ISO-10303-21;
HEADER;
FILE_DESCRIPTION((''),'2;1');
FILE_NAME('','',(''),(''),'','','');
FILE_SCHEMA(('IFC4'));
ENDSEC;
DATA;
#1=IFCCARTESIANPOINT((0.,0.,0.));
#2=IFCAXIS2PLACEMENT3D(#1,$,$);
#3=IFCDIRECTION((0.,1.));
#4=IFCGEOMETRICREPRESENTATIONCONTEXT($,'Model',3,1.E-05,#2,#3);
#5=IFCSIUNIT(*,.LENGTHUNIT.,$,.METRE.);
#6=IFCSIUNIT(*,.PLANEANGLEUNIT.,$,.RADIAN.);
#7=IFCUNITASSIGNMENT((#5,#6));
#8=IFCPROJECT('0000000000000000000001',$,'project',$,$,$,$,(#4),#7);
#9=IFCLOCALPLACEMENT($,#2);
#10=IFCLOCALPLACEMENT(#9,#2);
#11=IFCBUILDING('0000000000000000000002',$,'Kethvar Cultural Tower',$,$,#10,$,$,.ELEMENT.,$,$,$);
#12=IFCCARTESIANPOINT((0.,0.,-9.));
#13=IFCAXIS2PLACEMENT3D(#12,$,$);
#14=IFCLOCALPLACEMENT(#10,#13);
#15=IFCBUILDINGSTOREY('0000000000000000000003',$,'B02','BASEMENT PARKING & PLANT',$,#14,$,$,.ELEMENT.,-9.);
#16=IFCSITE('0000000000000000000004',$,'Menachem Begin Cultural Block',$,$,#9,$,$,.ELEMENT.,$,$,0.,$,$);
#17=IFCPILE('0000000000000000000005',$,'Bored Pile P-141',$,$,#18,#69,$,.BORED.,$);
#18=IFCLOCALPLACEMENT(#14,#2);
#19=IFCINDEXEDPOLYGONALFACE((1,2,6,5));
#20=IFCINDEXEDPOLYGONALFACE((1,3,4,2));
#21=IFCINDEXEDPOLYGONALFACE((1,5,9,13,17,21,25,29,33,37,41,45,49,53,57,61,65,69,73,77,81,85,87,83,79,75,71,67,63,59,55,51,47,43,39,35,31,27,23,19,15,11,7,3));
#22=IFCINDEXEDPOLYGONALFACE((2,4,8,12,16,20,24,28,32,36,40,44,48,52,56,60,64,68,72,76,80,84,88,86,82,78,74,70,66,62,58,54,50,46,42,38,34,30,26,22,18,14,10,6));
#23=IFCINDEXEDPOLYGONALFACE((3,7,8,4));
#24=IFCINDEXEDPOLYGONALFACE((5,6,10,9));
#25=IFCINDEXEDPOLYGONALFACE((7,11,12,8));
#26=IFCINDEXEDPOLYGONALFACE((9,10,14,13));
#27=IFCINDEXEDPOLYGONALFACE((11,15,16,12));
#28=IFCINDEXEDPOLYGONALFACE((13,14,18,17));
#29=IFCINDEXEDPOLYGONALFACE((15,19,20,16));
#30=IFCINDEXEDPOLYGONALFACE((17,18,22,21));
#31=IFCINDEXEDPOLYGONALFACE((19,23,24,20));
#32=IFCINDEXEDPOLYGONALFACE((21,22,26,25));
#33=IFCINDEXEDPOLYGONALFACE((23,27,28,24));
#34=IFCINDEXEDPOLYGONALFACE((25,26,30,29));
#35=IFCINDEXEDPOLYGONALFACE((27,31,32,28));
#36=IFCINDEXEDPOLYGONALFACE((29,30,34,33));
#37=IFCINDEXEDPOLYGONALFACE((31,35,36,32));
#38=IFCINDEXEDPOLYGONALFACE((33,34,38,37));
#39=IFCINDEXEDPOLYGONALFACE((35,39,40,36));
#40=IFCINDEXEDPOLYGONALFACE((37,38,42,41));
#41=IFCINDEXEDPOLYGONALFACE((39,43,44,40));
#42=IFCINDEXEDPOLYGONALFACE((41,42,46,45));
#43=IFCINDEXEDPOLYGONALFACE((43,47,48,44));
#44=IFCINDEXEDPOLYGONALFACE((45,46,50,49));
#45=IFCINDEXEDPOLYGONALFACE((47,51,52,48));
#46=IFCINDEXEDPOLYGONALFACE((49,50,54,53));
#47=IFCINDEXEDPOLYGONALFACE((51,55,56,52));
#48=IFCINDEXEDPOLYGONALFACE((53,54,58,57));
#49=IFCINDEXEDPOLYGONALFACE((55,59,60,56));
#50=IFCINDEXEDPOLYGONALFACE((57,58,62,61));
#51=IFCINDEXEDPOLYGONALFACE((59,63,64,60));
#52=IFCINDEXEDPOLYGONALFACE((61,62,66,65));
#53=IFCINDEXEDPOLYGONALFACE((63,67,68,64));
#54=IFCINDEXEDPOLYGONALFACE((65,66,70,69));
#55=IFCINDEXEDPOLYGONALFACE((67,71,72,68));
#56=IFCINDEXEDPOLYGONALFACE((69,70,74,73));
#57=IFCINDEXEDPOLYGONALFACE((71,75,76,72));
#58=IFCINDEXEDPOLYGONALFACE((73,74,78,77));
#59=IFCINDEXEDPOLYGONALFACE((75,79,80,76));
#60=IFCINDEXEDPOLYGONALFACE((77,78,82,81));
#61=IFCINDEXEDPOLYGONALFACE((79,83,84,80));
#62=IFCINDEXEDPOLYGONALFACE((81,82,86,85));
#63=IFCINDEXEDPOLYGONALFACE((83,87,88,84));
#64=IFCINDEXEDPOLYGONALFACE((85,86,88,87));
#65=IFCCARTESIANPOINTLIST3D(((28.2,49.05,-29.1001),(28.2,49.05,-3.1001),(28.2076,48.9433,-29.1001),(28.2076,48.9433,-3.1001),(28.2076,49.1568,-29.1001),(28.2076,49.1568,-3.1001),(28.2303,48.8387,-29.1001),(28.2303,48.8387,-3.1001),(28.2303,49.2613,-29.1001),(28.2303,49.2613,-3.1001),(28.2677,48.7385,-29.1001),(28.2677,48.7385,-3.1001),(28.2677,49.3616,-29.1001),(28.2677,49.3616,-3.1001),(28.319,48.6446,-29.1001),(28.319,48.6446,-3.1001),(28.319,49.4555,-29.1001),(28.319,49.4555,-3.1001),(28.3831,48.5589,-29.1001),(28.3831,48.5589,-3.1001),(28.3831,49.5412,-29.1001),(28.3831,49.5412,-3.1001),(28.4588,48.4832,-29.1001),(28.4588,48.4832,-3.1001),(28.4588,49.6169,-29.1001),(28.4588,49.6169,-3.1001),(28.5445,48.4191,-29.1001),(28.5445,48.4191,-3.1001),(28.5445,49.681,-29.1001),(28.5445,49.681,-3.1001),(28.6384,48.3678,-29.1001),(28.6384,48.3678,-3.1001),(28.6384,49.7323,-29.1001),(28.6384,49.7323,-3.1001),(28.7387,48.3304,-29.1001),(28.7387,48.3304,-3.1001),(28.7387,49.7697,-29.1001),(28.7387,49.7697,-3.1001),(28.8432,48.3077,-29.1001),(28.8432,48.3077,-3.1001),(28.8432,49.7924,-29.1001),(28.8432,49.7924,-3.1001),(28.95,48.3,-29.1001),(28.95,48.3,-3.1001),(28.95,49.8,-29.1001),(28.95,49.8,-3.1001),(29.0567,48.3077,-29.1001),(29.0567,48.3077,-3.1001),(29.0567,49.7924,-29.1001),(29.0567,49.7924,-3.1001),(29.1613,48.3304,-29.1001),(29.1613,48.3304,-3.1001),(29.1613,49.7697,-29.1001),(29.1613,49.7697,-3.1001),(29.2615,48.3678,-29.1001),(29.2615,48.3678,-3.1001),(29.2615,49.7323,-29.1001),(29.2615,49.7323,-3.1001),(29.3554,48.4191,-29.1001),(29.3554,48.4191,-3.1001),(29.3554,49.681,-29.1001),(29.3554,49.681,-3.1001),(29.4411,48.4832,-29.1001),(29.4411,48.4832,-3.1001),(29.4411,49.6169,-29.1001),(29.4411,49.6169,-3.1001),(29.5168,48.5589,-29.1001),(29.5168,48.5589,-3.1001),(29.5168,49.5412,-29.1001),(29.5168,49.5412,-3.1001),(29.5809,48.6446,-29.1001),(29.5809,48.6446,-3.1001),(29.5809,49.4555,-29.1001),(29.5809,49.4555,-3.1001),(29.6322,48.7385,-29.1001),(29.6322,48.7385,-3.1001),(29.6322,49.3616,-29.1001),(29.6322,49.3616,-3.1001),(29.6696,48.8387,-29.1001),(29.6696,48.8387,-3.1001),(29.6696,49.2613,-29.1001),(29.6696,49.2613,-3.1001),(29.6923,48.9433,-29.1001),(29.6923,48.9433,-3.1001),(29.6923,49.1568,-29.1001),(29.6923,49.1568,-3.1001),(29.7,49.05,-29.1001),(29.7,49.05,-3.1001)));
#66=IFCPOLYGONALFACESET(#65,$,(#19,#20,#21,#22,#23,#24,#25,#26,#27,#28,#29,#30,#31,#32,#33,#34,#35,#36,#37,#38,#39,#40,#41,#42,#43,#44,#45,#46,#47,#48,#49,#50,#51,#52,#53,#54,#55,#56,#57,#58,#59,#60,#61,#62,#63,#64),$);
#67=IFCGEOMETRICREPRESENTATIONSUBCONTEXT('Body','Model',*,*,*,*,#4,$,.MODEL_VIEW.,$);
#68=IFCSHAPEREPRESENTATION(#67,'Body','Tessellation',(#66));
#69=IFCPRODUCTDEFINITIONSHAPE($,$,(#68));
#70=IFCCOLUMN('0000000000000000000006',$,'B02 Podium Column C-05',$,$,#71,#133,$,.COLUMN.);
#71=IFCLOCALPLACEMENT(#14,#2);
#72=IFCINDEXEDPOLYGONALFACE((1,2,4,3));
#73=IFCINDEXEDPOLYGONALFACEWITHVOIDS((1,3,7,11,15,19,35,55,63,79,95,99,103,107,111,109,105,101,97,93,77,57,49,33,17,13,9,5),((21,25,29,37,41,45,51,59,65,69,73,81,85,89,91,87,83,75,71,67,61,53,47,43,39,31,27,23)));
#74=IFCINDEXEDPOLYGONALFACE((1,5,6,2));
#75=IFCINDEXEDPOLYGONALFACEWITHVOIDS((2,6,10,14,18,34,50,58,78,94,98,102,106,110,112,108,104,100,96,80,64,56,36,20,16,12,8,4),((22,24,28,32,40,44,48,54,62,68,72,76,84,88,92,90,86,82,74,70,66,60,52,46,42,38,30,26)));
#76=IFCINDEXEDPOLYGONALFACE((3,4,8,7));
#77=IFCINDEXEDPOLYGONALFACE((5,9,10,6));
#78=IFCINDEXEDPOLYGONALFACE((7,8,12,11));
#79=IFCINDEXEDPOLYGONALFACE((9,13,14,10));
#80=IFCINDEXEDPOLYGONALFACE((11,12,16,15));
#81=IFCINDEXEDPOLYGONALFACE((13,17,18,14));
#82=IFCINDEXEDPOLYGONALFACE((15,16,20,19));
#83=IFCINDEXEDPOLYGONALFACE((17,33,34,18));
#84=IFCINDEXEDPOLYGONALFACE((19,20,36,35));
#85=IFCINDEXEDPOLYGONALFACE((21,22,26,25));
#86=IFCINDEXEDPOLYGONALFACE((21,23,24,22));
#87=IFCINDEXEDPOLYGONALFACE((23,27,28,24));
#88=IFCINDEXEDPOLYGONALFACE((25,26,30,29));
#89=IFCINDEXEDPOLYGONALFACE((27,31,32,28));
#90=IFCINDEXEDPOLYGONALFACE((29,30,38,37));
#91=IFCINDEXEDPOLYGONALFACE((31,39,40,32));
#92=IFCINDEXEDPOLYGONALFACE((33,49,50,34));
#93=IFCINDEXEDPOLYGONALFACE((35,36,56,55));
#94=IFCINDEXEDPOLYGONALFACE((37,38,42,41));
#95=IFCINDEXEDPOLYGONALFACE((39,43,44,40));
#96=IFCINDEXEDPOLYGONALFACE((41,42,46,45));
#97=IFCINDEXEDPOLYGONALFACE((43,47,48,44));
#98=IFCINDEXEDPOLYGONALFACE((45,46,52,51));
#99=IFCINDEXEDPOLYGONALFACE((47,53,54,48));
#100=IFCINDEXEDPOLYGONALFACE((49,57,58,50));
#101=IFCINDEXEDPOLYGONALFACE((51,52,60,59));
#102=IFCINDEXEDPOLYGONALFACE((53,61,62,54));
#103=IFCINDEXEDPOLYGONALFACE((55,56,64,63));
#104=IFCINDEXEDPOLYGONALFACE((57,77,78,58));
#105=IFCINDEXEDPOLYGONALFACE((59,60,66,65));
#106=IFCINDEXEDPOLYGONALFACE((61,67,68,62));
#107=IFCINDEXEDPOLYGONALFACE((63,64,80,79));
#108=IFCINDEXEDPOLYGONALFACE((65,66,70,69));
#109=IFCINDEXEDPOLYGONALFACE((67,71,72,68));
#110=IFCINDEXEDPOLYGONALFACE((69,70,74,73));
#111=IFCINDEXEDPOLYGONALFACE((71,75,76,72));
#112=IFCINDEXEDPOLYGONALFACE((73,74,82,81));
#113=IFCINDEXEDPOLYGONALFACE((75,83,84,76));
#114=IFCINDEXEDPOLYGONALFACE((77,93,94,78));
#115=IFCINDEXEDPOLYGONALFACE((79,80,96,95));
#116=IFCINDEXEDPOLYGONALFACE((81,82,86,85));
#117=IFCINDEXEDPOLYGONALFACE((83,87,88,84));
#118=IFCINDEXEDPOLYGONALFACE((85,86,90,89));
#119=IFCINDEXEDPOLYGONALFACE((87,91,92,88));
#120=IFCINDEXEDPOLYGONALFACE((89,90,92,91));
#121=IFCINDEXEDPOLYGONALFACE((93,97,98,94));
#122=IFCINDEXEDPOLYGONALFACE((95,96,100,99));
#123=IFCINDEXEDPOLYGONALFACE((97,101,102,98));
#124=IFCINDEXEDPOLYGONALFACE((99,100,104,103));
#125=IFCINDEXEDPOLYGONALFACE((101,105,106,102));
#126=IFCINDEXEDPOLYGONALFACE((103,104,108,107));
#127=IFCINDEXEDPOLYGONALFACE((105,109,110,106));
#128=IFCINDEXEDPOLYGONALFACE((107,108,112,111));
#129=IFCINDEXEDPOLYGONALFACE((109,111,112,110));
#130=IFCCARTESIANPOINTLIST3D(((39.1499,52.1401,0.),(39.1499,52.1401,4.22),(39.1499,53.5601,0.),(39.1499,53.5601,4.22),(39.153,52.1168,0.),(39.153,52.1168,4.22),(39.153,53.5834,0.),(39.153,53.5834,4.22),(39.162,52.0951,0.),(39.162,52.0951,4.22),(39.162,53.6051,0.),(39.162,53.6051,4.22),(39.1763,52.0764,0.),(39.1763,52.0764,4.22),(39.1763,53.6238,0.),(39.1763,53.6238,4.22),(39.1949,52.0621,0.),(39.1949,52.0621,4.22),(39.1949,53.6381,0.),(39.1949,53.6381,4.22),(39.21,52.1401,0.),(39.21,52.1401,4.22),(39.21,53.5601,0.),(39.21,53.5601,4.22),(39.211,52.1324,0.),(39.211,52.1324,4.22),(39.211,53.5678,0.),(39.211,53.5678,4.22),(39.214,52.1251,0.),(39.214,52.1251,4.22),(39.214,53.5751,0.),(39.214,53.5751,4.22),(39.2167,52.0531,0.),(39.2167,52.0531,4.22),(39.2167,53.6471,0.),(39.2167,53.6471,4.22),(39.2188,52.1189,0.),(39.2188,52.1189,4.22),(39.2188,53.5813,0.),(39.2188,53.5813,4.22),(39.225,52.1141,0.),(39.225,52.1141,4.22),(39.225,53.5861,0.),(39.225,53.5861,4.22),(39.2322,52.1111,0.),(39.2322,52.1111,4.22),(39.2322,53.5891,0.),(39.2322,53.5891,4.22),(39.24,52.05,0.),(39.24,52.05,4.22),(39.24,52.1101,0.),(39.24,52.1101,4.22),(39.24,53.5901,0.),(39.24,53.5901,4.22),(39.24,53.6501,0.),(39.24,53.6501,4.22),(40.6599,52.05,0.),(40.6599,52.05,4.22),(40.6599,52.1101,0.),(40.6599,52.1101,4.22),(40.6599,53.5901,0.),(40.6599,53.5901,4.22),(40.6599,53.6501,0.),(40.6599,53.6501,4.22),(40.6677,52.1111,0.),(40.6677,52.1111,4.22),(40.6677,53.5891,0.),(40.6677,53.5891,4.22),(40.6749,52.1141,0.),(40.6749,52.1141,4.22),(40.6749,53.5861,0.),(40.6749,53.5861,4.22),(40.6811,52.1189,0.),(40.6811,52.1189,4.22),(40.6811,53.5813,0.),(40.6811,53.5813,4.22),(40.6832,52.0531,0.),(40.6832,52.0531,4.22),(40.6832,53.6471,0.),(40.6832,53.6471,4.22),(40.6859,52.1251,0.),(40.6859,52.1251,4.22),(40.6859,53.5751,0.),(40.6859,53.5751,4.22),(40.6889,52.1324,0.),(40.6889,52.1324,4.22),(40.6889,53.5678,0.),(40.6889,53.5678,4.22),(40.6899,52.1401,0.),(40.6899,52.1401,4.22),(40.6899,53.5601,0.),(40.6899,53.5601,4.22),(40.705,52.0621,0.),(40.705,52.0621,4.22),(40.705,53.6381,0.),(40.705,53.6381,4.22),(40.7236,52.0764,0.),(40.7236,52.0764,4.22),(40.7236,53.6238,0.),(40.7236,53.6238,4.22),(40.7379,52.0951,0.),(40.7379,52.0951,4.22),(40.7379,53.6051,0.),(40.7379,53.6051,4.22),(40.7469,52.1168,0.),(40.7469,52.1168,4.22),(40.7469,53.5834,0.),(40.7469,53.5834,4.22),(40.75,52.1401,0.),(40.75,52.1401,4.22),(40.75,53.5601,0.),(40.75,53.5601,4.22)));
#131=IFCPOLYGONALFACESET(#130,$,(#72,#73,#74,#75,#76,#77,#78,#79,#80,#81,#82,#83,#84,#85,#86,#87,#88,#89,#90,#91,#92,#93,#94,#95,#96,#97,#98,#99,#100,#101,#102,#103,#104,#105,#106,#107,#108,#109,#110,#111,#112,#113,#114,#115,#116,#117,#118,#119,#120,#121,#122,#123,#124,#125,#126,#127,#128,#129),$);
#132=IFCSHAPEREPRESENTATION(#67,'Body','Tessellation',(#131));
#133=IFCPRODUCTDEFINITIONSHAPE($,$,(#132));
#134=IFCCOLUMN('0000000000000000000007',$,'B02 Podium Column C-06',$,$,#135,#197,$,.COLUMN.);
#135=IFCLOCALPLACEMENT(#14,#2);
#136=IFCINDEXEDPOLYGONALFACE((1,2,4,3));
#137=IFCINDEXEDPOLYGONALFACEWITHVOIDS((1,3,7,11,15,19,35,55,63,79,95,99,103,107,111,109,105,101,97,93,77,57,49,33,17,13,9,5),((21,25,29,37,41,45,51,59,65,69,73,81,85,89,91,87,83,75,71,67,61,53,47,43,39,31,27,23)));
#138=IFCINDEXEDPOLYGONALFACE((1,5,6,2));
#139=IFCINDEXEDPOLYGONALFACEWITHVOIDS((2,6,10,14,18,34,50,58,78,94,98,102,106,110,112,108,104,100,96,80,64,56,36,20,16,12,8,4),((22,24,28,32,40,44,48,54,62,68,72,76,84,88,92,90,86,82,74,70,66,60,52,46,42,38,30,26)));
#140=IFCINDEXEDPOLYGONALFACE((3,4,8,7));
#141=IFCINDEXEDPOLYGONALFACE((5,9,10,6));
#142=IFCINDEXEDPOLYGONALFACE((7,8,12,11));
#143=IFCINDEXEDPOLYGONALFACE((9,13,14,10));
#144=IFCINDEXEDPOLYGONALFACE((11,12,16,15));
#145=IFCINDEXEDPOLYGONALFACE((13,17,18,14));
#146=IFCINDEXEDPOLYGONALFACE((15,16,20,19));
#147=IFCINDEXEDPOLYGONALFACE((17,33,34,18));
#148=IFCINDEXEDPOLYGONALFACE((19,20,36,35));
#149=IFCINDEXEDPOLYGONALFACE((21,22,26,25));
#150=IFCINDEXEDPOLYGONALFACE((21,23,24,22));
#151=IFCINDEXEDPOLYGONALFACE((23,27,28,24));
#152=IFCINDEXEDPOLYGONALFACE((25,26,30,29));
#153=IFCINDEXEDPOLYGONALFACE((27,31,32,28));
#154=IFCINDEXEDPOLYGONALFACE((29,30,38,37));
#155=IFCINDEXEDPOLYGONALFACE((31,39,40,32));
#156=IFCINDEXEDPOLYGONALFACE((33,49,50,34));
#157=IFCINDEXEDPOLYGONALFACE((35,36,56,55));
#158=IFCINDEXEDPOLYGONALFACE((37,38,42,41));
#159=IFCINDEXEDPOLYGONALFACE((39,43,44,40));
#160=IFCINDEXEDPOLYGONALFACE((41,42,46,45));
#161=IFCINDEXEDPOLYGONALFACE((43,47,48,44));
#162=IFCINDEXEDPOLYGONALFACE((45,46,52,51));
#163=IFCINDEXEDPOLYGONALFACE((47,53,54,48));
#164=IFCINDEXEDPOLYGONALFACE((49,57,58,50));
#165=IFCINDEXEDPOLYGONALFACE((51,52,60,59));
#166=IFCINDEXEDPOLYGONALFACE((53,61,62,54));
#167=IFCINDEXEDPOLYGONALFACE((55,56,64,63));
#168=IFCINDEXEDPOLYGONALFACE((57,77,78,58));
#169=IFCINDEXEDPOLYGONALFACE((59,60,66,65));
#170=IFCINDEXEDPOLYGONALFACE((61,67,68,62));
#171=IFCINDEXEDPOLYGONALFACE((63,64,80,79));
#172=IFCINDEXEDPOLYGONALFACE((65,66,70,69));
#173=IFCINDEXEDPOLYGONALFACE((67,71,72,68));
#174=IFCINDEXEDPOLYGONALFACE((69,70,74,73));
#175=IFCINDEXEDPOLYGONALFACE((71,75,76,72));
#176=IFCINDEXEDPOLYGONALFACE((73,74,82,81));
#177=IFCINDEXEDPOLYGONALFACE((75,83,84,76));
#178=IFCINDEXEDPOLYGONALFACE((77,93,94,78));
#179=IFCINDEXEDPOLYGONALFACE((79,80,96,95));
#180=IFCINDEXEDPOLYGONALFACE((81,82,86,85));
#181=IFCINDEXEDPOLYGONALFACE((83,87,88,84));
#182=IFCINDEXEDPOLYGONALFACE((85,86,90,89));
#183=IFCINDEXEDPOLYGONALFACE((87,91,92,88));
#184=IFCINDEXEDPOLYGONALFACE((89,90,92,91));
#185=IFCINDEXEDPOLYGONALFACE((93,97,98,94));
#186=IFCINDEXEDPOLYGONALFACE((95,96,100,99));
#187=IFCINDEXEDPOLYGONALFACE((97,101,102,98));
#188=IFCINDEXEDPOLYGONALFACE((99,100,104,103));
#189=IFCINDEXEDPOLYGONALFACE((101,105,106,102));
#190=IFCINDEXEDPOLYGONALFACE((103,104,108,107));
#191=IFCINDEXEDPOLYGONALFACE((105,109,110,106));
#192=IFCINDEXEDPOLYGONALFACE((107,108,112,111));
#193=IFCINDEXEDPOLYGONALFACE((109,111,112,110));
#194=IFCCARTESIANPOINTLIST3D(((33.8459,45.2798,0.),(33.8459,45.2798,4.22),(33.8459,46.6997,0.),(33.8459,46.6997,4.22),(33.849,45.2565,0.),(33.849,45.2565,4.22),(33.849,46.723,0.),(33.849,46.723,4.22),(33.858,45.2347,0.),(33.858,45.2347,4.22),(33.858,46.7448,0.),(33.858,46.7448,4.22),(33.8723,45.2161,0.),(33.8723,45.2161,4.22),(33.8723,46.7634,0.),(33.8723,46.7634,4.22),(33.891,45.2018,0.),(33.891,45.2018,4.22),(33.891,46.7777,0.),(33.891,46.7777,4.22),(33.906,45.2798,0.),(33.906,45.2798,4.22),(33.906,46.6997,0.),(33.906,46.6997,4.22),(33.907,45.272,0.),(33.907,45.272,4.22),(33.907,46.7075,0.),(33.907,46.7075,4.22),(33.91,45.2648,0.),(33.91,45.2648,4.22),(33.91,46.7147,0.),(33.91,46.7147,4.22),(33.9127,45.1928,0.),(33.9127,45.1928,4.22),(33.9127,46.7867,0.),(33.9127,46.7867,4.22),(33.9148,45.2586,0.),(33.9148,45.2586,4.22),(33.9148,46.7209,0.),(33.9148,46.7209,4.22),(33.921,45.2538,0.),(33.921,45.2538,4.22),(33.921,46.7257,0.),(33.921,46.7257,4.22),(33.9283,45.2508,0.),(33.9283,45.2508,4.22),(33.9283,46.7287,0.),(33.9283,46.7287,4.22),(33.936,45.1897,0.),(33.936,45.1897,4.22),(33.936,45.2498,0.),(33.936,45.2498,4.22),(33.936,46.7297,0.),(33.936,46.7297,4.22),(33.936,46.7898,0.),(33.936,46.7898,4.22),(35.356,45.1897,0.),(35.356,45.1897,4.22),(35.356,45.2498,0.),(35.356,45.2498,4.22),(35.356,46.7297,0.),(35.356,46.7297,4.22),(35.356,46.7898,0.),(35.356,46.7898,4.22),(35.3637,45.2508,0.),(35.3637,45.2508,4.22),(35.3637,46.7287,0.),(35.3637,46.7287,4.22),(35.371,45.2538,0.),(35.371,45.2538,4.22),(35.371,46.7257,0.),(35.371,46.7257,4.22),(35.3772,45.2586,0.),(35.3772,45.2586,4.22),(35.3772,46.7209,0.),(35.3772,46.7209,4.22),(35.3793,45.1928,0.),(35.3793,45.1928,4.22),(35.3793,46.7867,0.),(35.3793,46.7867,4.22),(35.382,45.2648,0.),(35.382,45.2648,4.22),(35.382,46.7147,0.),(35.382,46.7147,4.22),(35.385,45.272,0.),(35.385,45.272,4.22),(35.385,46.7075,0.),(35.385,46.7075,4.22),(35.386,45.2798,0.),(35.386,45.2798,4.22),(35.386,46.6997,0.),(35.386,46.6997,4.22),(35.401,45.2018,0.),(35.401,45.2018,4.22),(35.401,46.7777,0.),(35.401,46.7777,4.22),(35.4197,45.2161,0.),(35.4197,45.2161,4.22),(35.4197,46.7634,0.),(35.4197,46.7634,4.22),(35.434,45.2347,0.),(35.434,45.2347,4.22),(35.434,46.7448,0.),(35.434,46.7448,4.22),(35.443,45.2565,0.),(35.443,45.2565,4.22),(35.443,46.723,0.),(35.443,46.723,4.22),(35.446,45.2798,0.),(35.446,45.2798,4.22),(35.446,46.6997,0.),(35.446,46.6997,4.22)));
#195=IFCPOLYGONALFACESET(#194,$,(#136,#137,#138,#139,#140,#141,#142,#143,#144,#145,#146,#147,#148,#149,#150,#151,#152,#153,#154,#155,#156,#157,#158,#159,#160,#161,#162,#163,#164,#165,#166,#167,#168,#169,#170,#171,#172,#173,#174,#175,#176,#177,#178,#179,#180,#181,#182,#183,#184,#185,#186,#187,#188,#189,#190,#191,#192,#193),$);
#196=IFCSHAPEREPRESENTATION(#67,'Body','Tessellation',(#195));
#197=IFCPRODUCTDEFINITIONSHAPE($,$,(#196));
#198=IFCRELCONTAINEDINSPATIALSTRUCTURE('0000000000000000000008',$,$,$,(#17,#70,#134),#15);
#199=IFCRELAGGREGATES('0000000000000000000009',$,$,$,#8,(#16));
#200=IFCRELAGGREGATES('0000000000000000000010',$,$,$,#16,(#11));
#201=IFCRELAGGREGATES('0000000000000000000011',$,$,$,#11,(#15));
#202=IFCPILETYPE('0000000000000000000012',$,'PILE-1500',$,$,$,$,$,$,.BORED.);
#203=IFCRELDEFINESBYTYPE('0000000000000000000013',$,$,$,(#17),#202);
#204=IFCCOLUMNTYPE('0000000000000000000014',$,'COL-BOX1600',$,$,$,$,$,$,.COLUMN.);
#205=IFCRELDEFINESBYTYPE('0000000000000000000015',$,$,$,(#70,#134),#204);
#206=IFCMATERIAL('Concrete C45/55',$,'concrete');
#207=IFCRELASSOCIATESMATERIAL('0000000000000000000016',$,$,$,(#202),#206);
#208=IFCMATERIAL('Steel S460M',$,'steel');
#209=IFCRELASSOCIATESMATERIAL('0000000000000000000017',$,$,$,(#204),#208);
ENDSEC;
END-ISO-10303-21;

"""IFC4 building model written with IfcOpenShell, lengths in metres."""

from ifc_helpers import new_model, si_unit, direction, frame, origin, origin_2d, place, context, subcontext, project, spatial, hollow_rectangle, circle, extrude, source, transform, mapped, material, material_profile, profile_set, type_object, element, save


model = new_model("IFC4")

# Units and contexts
model_context = context("Model", 3, precision=1e-05, world=origin(), true_north=direction((0.0, 1.0)))
body_context = subcontext(model_context, "Body", "Model", "MODEL_VIEW")
ifc_project = project(units=[si_unit("LENGTHUNIT", "METRE"), si_unit("PLANEANGLEUNIT", "RADIAN")], contexts=[model_context])

# Site, building, storey
site_placement = place(None, origin())
site = spatial("IfcSite", under=ifc_project, at=site_placement, Name="Menachem Begin Cultural Block", CompositionType="ELEMENT", RefElevation=0.0)
building_placement = place(site_placement, origin())
building = spatial("IfcBuilding", under=site, at=building_placement, Name="Kethvar Cultural Tower", CompositionType="ELEMENT")
storey_placement = place(building_placement, frame((0.0, 0.0, -9.0)))
storey = spatial("IfcBuildingStorey", under=building, at=storey_placement, Name="B02", Description="BASEMENT PARKING & PLANT", CompositionType="ELEMENT", Elevation=-9.0)

# Pile
ifc_material_1 = material(Name="Concrete C45/55", Category="concrete")
ifc_material_profile_1 = material_profile(ifc_material_1, circle(Radius=0.75, at=origin_2d()), Name="Concrete C45/55 — PILE1500")
ifc_profile_set_1 = profile_set([ifc_material_profile_1], Name="Concrete C45/55 — PILE1500")
pile_type = type_object("IfcPileType", Name="PILE-1500", PredefinedType="BORED", material=ifc_profile_set_1)
shared_shape_1 = source(origin(), body_context, "Body", "SweptSolid", [
    extrude(circle(Radius=0.75, at=origin_2d()), origin(), (0.0, 0.0, 1.0), 26.0),
])
for number, where, z_axis, x_axis, name in (
    (1, (28.95, 49.05, -3.1001), (0.0, 0.0, -1.0), (1.0, 0.0, 0.0), "Bored Pile P-141"),
):
    element("IfcPile", number, at=place(storey_placement, frame(where, z_axis=z_axis, x_axis=x_axis)), inside=storey, type_object=pile_type, Name=name, PredefinedType="BORED", context=body_context, shape_type="MappedRepresentation", body=[
        mapped(shared_shape_1, transform((0.0, 0.0, 0.0), scale=1.0)),
    ])

# Columns
ifc_material_2 = material(Name="Steel S460M", Category="steel")
ifc_material_profile_2 = material_profile(ifc_material_2, hollow_rectangle(XDim=1.6001, YDim=1.6001, WallThickness=0.0601, InnerFilletRadius=0.03, OuterFilletRadius=0.0901, at=origin_2d()), Name="Steel S460M — BOX1600x1600x60")
ifc_profile_set_2 = profile_set([ifc_material_profile_2], Name="Steel S460M — BOX1600x1600x60")
column_type = type_object("IfcColumnType", Name="COL-BOX1600", PredefinedType="COLUMN", material=ifc_profile_set_2)
shared_shape_2 = source(origin(), body_context, "Body", "SweptSolid", [
    extrude(hollow_rectangle(XDim=1.6001, YDim=1.6001, WallThickness=0.0601, InnerFilletRadius=0.03, OuterFilletRadius=0.0901, at=origin_2d()), origin(), (0.0, 0.0, 1.0), 4.22),
])
for number, where, z_axis, x_axis, name in (
    (2, (39.95, 52.8501, 0.0), (0.0, 0.0, 1.0), (1.0, 0.0, 0.0), "B02 Podium Column C-05"),
    (3, (34.646, 45.9897, 0.0), (0.0, 0.0, 1.0), (1.0, 0.0, 0.0), "B02 Podium Column C-06"),
):
    element("IfcColumn", number, at=place(storey_placement, frame(where, z_axis=z_axis, x_axis=x_axis)), inside=storey, type_object=column_type, Name=name, PredefinedType="COLUMN", context=body_context, shape_type="MappedRepresentation", body=[
        mapped(shared_shape_2, transform((0.0, 0.0, 0.0), scale=1.0)),
    ])

save(model, "model.ifc")
